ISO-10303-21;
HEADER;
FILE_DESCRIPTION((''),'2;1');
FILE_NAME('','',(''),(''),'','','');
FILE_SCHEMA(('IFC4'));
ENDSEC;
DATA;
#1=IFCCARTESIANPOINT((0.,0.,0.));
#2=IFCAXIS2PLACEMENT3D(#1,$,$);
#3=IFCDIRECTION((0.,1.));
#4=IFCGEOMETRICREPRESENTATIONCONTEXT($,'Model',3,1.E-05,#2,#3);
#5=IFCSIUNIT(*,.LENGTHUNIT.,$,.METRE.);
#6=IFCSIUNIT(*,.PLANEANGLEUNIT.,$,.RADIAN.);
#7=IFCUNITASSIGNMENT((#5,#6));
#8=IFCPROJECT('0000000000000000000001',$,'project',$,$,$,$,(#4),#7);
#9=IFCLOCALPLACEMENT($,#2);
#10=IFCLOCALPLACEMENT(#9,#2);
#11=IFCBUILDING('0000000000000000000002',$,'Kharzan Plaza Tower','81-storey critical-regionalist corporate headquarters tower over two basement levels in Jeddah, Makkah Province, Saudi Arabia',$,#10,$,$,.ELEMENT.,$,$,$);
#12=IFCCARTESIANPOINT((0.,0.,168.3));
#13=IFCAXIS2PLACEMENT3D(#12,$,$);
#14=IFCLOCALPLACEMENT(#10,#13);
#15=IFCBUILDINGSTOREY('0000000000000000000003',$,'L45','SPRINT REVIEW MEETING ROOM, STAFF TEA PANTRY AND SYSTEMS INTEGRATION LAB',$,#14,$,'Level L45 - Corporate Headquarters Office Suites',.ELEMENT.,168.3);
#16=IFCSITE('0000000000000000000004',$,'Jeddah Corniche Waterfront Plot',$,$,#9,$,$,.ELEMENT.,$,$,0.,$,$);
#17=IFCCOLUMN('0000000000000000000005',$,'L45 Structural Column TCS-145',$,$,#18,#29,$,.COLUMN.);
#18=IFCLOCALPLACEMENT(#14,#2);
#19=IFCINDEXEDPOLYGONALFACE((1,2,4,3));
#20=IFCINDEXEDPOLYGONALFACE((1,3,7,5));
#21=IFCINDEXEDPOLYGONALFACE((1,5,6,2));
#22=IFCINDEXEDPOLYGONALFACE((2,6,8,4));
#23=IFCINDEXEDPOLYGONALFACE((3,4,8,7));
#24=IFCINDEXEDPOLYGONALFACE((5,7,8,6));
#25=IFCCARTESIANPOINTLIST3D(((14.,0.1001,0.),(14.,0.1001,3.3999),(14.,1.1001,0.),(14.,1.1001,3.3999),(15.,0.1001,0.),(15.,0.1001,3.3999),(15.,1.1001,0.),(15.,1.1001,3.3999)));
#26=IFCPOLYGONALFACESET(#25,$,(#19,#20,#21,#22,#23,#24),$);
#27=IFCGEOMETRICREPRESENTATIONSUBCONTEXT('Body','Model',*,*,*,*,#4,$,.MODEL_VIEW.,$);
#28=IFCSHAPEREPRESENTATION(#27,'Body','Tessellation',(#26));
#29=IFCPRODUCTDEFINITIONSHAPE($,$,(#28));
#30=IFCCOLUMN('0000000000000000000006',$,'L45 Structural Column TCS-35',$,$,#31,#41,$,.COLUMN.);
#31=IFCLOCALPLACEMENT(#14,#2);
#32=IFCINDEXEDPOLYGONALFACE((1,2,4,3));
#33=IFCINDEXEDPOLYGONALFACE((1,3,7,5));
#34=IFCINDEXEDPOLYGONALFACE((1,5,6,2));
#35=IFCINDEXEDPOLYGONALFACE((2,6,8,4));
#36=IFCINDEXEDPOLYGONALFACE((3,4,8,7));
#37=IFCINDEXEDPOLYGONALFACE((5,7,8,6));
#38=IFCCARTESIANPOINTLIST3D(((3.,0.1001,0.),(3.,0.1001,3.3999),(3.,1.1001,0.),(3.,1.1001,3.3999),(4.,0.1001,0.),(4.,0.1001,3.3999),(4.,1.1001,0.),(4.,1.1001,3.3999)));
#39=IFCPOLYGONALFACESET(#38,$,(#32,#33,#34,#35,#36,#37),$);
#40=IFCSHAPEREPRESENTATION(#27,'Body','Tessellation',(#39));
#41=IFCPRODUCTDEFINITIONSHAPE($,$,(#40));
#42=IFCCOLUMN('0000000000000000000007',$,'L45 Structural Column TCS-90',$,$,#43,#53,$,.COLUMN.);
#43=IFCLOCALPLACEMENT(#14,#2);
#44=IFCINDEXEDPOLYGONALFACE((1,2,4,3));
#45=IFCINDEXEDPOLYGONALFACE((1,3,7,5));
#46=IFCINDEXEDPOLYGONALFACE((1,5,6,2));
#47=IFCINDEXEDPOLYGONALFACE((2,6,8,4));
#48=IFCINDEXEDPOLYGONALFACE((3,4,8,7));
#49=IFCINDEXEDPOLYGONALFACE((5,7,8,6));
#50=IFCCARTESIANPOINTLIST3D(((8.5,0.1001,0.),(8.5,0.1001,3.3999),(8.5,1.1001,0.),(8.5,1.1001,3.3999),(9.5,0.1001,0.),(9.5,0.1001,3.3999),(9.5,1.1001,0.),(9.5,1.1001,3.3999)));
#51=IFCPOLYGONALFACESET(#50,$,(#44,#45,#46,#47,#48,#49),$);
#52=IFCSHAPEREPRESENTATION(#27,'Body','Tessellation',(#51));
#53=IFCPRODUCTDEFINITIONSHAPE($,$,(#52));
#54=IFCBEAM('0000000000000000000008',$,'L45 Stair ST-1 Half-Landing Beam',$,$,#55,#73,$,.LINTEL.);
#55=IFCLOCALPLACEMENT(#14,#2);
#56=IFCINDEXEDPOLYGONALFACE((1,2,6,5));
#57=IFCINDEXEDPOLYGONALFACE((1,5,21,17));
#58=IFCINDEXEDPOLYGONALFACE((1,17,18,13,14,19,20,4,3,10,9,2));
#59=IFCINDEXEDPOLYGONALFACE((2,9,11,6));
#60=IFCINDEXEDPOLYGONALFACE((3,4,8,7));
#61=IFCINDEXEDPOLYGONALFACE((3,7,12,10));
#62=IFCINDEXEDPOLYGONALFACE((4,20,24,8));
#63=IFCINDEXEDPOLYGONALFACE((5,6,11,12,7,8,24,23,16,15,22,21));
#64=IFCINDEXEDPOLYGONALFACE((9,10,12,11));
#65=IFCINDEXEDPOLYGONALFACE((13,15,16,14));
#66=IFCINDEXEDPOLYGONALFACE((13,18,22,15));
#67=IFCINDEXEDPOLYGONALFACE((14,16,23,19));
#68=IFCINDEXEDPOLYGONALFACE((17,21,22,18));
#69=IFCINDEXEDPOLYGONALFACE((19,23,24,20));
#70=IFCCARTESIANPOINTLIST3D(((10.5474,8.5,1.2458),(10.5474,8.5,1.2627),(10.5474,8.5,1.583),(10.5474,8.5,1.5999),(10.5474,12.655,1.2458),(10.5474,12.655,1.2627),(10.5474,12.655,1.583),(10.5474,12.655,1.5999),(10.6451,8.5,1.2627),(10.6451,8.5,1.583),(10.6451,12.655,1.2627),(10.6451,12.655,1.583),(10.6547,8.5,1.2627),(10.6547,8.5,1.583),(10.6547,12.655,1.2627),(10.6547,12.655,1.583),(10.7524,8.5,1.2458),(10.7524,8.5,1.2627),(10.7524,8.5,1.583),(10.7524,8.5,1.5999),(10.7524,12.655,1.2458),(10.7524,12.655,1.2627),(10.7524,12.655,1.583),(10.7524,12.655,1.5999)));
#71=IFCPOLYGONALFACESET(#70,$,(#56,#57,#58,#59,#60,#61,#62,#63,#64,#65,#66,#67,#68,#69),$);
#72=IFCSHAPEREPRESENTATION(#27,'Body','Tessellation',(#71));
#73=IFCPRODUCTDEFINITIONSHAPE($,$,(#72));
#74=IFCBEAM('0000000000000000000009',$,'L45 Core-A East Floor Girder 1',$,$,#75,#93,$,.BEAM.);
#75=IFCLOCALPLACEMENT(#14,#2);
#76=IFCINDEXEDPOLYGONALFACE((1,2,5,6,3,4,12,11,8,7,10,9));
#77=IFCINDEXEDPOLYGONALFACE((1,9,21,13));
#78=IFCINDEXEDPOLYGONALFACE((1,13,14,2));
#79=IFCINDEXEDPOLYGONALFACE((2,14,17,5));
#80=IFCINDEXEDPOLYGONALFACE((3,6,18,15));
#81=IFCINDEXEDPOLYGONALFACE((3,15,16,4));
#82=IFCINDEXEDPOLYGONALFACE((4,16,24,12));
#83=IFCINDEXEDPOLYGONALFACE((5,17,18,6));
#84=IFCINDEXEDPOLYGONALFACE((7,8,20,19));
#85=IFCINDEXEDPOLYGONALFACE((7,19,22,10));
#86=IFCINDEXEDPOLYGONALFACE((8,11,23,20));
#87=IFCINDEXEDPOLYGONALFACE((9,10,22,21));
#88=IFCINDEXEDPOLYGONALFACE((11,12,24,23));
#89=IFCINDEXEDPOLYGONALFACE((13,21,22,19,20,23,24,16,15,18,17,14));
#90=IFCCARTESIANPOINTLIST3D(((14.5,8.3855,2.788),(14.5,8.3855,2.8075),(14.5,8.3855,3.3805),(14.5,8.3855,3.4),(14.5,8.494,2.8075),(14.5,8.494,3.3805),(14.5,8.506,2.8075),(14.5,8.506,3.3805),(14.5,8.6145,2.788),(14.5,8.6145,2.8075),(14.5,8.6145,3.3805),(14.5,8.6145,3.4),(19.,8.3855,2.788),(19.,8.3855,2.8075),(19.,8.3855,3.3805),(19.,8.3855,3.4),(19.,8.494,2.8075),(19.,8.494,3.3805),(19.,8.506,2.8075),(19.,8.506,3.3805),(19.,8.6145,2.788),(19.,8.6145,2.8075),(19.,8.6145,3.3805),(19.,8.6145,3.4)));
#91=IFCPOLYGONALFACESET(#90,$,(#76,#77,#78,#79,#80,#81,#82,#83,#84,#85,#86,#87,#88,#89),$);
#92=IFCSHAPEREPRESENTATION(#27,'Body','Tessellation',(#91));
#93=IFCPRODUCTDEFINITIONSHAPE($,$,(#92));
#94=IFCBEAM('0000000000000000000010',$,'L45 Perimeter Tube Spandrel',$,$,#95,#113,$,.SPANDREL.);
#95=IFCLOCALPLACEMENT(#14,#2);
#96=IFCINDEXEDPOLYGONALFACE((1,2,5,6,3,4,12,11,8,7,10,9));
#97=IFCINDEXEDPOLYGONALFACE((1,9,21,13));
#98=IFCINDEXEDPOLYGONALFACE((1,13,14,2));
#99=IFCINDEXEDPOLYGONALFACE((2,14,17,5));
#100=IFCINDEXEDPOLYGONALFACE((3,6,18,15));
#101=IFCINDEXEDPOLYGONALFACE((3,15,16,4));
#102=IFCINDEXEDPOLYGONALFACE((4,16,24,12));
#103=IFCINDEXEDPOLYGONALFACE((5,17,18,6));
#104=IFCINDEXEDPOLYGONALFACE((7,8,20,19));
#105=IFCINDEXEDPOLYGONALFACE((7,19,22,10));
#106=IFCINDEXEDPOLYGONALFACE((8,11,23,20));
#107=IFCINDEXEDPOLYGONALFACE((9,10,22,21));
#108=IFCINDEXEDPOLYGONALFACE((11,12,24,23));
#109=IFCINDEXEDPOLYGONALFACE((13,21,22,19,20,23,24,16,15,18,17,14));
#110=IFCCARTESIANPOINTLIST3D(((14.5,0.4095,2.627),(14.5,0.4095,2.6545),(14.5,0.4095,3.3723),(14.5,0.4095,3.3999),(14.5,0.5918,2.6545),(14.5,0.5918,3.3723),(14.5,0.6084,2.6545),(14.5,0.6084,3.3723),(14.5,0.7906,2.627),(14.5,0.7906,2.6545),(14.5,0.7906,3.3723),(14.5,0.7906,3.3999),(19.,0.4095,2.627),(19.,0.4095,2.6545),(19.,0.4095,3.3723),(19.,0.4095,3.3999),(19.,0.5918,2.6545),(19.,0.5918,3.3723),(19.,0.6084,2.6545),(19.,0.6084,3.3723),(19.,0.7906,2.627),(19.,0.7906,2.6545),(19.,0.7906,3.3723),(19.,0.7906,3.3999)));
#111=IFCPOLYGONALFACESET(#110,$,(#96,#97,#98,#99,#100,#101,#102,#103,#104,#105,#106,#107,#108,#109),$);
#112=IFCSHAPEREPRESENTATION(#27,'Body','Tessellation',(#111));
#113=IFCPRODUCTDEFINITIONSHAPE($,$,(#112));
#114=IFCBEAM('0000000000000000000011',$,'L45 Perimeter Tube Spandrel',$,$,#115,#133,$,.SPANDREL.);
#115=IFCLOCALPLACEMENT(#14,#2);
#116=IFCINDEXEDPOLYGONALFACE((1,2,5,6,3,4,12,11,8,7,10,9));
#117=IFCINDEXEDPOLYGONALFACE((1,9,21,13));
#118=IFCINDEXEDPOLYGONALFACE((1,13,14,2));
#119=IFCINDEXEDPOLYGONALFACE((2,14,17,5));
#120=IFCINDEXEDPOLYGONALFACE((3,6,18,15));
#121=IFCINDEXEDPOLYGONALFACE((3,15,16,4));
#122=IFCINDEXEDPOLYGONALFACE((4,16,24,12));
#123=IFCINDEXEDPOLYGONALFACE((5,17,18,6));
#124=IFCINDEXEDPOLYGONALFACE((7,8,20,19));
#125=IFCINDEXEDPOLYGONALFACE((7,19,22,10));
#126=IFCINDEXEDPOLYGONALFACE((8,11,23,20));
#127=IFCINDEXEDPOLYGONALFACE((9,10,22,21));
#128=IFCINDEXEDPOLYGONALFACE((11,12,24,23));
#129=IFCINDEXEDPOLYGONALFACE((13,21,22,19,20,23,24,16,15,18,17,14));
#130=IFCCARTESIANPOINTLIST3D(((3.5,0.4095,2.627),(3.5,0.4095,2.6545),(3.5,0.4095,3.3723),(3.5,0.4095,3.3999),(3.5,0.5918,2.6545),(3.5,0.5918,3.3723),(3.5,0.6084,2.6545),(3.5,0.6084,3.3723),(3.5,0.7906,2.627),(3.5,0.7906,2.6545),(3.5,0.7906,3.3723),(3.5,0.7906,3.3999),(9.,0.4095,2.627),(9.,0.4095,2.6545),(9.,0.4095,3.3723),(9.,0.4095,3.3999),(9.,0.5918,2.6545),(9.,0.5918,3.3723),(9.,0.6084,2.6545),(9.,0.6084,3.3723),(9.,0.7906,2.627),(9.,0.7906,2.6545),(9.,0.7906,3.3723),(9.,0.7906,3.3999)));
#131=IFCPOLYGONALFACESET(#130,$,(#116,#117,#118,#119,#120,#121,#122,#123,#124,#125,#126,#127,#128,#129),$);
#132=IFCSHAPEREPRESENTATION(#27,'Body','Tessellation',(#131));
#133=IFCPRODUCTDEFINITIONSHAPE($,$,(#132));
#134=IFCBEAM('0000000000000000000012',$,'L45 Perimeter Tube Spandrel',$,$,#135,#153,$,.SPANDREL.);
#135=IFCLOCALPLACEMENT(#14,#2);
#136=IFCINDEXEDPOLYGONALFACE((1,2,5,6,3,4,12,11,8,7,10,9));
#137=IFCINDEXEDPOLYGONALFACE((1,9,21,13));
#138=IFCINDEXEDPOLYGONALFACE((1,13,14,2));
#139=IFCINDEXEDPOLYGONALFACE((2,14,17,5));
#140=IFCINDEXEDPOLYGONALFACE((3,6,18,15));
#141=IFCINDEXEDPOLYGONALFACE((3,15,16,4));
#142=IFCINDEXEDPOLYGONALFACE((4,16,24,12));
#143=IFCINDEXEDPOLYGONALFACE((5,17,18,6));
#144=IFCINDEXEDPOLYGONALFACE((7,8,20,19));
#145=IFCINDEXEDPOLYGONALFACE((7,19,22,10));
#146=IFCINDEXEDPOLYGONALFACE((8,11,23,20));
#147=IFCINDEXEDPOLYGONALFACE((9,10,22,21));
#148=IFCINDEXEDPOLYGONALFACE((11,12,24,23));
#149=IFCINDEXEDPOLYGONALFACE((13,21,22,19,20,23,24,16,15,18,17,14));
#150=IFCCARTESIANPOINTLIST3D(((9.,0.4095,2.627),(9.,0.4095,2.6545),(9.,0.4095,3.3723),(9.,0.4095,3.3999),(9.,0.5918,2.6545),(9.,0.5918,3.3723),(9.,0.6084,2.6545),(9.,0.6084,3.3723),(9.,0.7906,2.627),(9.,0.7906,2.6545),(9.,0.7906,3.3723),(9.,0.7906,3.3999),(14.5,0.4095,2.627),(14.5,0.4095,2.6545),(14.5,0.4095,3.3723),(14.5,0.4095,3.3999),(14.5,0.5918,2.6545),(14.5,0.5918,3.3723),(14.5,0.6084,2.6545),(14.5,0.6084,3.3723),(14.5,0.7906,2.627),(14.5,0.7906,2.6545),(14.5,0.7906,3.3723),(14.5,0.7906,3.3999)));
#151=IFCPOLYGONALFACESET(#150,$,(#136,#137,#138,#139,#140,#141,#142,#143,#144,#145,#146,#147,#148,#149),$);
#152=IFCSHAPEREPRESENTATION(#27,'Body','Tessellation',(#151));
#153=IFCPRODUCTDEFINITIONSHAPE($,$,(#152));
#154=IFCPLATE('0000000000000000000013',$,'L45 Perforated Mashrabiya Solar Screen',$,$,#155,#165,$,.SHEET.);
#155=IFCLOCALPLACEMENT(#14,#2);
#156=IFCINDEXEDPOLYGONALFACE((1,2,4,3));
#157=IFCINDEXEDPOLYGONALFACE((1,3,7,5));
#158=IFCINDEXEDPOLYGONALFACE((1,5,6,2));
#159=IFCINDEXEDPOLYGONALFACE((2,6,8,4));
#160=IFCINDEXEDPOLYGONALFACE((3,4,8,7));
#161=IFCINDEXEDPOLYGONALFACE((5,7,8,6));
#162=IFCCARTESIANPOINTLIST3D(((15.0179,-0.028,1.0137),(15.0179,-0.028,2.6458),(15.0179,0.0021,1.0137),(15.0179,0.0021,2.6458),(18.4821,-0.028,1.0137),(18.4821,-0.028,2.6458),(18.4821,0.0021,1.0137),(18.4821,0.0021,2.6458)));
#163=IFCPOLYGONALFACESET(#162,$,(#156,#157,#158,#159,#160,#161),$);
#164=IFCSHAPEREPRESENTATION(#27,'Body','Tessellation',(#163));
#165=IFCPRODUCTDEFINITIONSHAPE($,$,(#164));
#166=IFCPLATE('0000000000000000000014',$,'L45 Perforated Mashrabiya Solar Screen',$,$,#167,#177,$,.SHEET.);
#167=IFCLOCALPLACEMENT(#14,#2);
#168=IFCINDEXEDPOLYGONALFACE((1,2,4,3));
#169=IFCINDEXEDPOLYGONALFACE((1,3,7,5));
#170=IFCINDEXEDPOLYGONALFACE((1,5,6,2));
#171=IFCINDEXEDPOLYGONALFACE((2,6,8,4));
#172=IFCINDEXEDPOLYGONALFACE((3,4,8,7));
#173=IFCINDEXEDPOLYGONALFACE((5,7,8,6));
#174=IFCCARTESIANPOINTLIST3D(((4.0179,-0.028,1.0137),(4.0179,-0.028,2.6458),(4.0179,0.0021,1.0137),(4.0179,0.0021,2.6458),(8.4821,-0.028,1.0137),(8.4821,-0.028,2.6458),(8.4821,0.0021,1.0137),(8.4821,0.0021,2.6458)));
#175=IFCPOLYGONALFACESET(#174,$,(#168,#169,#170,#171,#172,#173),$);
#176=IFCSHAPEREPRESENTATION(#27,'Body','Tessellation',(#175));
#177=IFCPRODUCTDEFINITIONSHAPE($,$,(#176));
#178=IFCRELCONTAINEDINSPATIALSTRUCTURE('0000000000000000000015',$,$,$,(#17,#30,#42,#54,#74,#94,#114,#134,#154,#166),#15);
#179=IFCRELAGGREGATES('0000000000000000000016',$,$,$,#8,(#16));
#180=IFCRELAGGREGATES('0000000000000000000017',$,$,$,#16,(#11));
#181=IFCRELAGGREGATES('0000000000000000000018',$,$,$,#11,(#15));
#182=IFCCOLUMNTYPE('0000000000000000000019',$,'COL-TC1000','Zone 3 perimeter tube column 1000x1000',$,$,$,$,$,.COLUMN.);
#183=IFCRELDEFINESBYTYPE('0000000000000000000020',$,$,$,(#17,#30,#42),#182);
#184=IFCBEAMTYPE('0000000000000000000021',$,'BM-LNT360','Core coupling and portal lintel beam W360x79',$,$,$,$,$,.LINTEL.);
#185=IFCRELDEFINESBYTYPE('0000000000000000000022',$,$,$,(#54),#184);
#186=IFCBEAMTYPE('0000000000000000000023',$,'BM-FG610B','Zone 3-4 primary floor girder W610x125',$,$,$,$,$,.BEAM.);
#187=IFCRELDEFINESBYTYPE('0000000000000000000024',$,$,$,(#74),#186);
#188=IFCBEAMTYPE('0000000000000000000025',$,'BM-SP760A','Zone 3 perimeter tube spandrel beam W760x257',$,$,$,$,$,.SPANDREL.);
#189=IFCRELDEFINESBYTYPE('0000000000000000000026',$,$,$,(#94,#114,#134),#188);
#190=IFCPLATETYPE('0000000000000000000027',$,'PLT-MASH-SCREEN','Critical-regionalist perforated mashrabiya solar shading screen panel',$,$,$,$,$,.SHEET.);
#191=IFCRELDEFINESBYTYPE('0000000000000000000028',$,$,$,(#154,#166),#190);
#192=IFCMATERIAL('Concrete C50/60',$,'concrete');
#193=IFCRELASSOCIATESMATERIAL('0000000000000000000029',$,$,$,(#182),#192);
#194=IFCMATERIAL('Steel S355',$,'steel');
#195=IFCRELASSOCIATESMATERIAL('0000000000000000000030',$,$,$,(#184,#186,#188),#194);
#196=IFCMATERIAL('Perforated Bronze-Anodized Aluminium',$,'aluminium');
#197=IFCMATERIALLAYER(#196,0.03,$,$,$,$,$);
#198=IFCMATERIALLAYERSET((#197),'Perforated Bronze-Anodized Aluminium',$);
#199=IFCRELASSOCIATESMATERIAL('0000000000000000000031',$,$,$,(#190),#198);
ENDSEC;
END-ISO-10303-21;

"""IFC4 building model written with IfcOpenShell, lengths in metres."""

from ifc_helpers import new_model, si_unit, direction, frame, origin, origin_2d, place, context, subcontext, project, spatial, rectangle, i_section, extrude, source, transform, mapped, material, layer, layer_set, material_profile, profile_set, type_object, element, save


model = new_model("IFC4")

# Units and contexts
model_context = context("Model", 3, precision=1e-05, world=origin(), true_north=direction((0.0, 1.0)))
body_context = subcontext(model_context, "Body", "Model", "MODEL_VIEW")
ifc_project = project(units=[si_unit("LENGTHUNIT", "METRE"), si_unit("PLANEANGLEUNIT", "RADIAN")], contexts=[model_context])

# Site, building, storey
site_placement = place(None, origin())
site = spatial("IfcSite", under=ifc_project, at=site_placement, Name="Jeddah Corniche Waterfront Plot", CompositionType="ELEMENT", RefElevation=0.0)
building_placement = place(site_placement, origin())
building = spatial("IfcBuilding", under=site, at=building_placement, Name="Kharzan Plaza Tower", Description="81-storey critical-regionalist corporate headquarters tower over two basement levels in Jeddah, Makkah Province, Saudi Arabia", CompositionType="ELEMENT")
storey_placement = place(building_placement, frame((0.0, 0.0, 168.3)))
storey = spatial("IfcBuildingStorey", under=building, at=storey_placement, Name="L45", Description="SPRINT REVIEW MEETING ROOM, STAFF TEA PANTRY AND SYSTEMS INTEGRATION LAB", LongName="Level L45 - Corporate Headquarters Office Suites", CompositionType="ELEMENT", Elevation=168.3)

# Columns
ifc_material_1 = material(Name="Concrete C50/60", Category="concrete")
ifc_material_profile_1 = material_profile(ifc_material_1, rectangle(XDim=1.0, YDim=1.0, at=origin_2d()), Name="RC-TC1000x1000")
ifc_profile_set_1 = profile_set([ifc_material_profile_1], Name="Concrete C50/60")
column_type = type_object("IfcColumnType", Name="COL-TC1000", Description="Zone 3 perimeter tube column 1000x1000", PredefinedType="COLUMN", material=ifc_profile_set_1)
shared_shape_1 = source(origin(), body_context, "Body", "SweptSolid", [
    extrude(rectangle(XDim=1.0, YDim=1.0, at=origin_2d()), origin(), (0.0, 0.0, 1.0), 3.3999),
])
for number, where, z_axis, x_axis, name in (
    (1, (14.5, 0.6001, 0.0), (0.0, 0.0, 1.0), (1.0, 0.0, 0.0), "L45 Structural Column TCS-145"),
    (2, (3.5, 0.6001, 0.0), (0.0, 0.0, 1.0), (1.0, 0.0, 0.0), "L45 Structural Column TCS-35"),
    (3, (9.0, 0.6001, 0.0), (0.0, 0.0, 1.0), (1.0, 0.0, 0.0), "L45 Structural Column TCS-90"),
):
    element("IfcColumn", number, at=place(storey_placement, frame(where, z_axis=z_axis, x_axis=x_axis)), inside=storey, type_object=column_type, Name=name, PredefinedType="COLUMN", context=body_context, shape_type="MappedRepresentation", body=[
        mapped(shared_shape_1, transform((0.0, 0.0, 0.0), x_axis=(1.0, 0.0, 0.0), y_axis=(0.0, 1.0, 0.0), z_axis=(0.0, 0.0, 1.0))),
    ])

# Beams
ifc_material_2 = material(Name="Steel S355", Category="steel")
ifc_material_profile_2 = material_profile(ifc_material_2, i_section(OverallWidth=0.2051, OverallDepth=0.354, WebThickness=0.0095, FlangeThickness=0.0168, at=origin_2d()), Name="W360x79")
ifc_profile_set_2 = profile_set([ifc_material_profile_2], Name="Steel S355")
beam_type_1 = type_object("IfcBeamType", Name="BM-LNT360", Description="Core coupling and portal lintel beam W360x79", PredefinedType="LINTEL", material=ifc_profile_set_2)
shared_shape_2 = source(origin(), body_context, "Body", "SweptSolid", [
    extrude(i_section(OverallWidth=0.2051, OverallDepth=0.354, WebThickness=0.0095, FlangeThickness=0.0168, at=origin_2d()), origin(), (0.0, 0.0, 1.0), 4.155),
])
beam_1_placement = place(storey_placement, frame((10.6499, 8.5, 1.4229), z_axis=(0.0, 1.0, 0.0), x_axis=(-1.0, 0.0, 0.0)))
element("IfcBeam", 4, at=beam_1_placement, inside=storey, type_object=beam_type_1, Name="L45 Stair ST-1 Half-Landing Beam", PredefinedType="LINTEL", context=body_context, shape_type="MappedRepresentation", body=[
    mapped(shared_shape_2, transform((0.0, 0.0, 0.0), x_axis=(1.0, 0.0, 0.0), y_axis=(0.0, 1.0, 0.0), z_axis=(0.0, 0.0, 1.0))),
])
ifc_material_profile_3 = material_profile(ifc_material_2, i_section(OverallWidth=0.229, OverallDepth=0.6121, WebThickness=0.012, FlangeThickness=0.0195, at=origin_2d()), Name="W610x125")
ifc_profile_set_3 = profile_set([ifc_material_profile_3], Name="Steel S355")
beam_type_2 = type_object("IfcBeamType", Name="BM-FG610B", Description="Zone 3-4 primary floor girder W610x125", PredefinedType="BEAM", material=ifc_profile_set_3)
shared_shape_3 = source(origin(), body_context, "Body", "SweptSolid", [
    extrude(i_section(OverallWidth=0.229, OverallDepth=0.6121, WebThickness=0.012, FlangeThickness=0.0195, at=origin_2d()), origin(), (0.0, 0.0, 1.0), 4.5),
])
beam_2_placement = place(storey_placement, frame((14.5, 8.5, 3.094), z_axis=(1.0, 0.0, 0.0), x_axis=(0.0, 1.0, 0.0)))
element("IfcBeam", 5, at=beam_2_placement, inside=storey, type_object=beam_type_2, Name="L45 Core-A East Floor Girder 1", PredefinedType="BEAM", context=body_context, shape_type="MappedRepresentation", body=[
    mapped(shared_shape_3, transform((0.0, 0.0, 0.0), x_axis=(1.0, 0.0, 0.0), y_axis=(0.0, 1.0, 0.0), z_axis=(0.0, 0.0, 1.0))),
])
ifc_material_profile_4 = material_profile(ifc_material_2, i_section(OverallWidth=0.3811, OverallDepth=0.7729, WebThickness=0.0166, FlangeThickness=0.0276, at=origin_2d()), Name="W760x257")
ifc_profile_set_4 = profile_set([ifc_material_profile_4], Name="Steel S355")
beam_type_3 = type_object("IfcBeamType", Name="BM-SP760A", Description="Zone 3 perimeter tube spandrel beam W760x257", PredefinedType="SPANDREL", material=ifc_profile_set_4)
shared_shape_4 = source(origin(), body_context, "Body", "SweptSolid", [
    extrude(i_section(OverallWidth=0.3811, OverallDepth=0.7729, WebThickness=0.0166, FlangeThickness=0.0276, at=origin_2d()), origin(), (0.0, 0.0, 1.0), 4.5),
])
beam_3_placement = place(storey_placement, frame((14.5, 0.6001, 3.0134), z_axis=(1.0, 0.0, 0.0), x_axis=(0.0, 1.0, 0.0)))
element("IfcBeam", 6, at=beam_3_placement, inside=storey, type_object=beam_type_3, Name="L45 Perimeter Tube Spandrel", PredefinedType="SPANDREL", context=body_context, shape_type="MappedRepresentation", body=[
    mapped(shared_shape_4, transform((0.0, 0.0, 0.0), x_axis=(1.0, 0.0, 0.0), y_axis=(0.0, 1.0, 0.0), z_axis=(0.0, 0.0, 1.0))),
])
shared_shape_5 = source(origin(), body_context, "Body", "SweptSolid", [
    extrude(i_section(OverallWidth=0.3811, OverallDepth=0.7729, WebThickness=0.0166, FlangeThickness=0.0276, at=origin_2d()), origin(), (0.0, 0.0, 1.0), 5.5),
])
for number, where, z_axis, x_axis, name in (
    (7, (3.5, 0.6001, 3.0134), (1.0, 0.0, 0.0), (0.0, 1.0, 0.0), "L45 Perimeter Tube Spandrel"),
    (8, (9.0, 0.6001, 3.0134), (1.0, 0.0, 0.0), (0.0, 1.0, 0.0), "L45 Perimeter Tube Spandrel"),
):
    element("IfcBeam", number, at=place(storey_placement, frame(where, z_axis=z_axis, x_axis=x_axis)), inside=storey, type_object=beam_type_3, Name=name, PredefinedType="SPANDREL", context=body_context, shape_type="MappedRepresentation", body=[
        mapped(shared_shape_5, transform((0.0, 0.0, 0.0), x_axis=(1.0, 0.0, 0.0), y_axis=(0.0, 1.0, 0.0), z_axis=(0.0, 0.0, 1.0))),
    ])

# Plates
ifc_material_3 = material(Name="Perforated Bronze-Anodized Aluminium", Category="aluminium")
ifc_layer_1 = layer(ifc_material_3, 0.03)
ifc_layer_set_1 = layer_set([ifc_layer_1], Name="Perforated Bronze-Anodized Aluminium")
plate_type = type_object("IfcPlateType", Name="PLT-MASH-SCREEN", Description="Critical-regionalist perforated mashrabiya solar shading screen panel", PredefinedType="SHEET", material=ifc_layer_set_1)
shared_shape_6 = source(origin(), body_context, "Body", "SweptSolid", [
    extrude(rectangle(XDim=3.4641, YDim=0.03, at=origin_2d()), origin(), (0.0, 0.0, 1.0), 1.6321),
])
plate_placement = place(storey_placement, frame((16.75, -0.0129, 1.0137), z_axis=(0.0, 0.0, 1.0), x_axis=(1.0, 0.0, 0.0)))
element("IfcPlate", 9, at=plate_placement, inside=storey, type_object=plate_type, Name="L45 Perforated Mashrabiya Solar Screen", PredefinedType="SHEET", context=body_context, shape_type="MappedRepresentation", body=[
    mapped(shared_shape_6, transform((0.0, 0.0, 0.0), x_axis=(1.0, 0.0, 0.0), y_axis=(0.0, 1.0, 0.0), z_axis=(0.0, 0.0, 1.0))),
])
shared_shape_7 = source(origin(), body_context, "Body", "SweptSolid", [
    extrude(rectangle(XDim=4.4641, YDim=0.03, at=origin_2d()), origin(), (0.0, 0.0, 1.0), 1.6321),
])
for number, where, z_axis, x_axis, name in (
    (10, (6.25, -0.0129, 1.0137), (0.0, 0.0, 1.0), (1.0, 0.0, 0.0), "L45 Perforated Mashrabiya Solar Screen"),
):
    element("IfcPlate", number, at=place(storey_placement, frame(where, z_axis=z_axis, x_axis=x_axis)), inside=storey, type_object=plate_type, Name=name, PredefinedType="SHEET", context=body_context, shape_type="MappedRepresentation", body=[
        mapped(shared_shape_7, transform((0.0, 0.0, 0.0), x_axis=(1.0, 0.0, 0.0), y_axis=(0.0, 1.0, 0.0), z_axis=(0.0, 0.0, 1.0))),
    ])

save(model, "model.ifc")
